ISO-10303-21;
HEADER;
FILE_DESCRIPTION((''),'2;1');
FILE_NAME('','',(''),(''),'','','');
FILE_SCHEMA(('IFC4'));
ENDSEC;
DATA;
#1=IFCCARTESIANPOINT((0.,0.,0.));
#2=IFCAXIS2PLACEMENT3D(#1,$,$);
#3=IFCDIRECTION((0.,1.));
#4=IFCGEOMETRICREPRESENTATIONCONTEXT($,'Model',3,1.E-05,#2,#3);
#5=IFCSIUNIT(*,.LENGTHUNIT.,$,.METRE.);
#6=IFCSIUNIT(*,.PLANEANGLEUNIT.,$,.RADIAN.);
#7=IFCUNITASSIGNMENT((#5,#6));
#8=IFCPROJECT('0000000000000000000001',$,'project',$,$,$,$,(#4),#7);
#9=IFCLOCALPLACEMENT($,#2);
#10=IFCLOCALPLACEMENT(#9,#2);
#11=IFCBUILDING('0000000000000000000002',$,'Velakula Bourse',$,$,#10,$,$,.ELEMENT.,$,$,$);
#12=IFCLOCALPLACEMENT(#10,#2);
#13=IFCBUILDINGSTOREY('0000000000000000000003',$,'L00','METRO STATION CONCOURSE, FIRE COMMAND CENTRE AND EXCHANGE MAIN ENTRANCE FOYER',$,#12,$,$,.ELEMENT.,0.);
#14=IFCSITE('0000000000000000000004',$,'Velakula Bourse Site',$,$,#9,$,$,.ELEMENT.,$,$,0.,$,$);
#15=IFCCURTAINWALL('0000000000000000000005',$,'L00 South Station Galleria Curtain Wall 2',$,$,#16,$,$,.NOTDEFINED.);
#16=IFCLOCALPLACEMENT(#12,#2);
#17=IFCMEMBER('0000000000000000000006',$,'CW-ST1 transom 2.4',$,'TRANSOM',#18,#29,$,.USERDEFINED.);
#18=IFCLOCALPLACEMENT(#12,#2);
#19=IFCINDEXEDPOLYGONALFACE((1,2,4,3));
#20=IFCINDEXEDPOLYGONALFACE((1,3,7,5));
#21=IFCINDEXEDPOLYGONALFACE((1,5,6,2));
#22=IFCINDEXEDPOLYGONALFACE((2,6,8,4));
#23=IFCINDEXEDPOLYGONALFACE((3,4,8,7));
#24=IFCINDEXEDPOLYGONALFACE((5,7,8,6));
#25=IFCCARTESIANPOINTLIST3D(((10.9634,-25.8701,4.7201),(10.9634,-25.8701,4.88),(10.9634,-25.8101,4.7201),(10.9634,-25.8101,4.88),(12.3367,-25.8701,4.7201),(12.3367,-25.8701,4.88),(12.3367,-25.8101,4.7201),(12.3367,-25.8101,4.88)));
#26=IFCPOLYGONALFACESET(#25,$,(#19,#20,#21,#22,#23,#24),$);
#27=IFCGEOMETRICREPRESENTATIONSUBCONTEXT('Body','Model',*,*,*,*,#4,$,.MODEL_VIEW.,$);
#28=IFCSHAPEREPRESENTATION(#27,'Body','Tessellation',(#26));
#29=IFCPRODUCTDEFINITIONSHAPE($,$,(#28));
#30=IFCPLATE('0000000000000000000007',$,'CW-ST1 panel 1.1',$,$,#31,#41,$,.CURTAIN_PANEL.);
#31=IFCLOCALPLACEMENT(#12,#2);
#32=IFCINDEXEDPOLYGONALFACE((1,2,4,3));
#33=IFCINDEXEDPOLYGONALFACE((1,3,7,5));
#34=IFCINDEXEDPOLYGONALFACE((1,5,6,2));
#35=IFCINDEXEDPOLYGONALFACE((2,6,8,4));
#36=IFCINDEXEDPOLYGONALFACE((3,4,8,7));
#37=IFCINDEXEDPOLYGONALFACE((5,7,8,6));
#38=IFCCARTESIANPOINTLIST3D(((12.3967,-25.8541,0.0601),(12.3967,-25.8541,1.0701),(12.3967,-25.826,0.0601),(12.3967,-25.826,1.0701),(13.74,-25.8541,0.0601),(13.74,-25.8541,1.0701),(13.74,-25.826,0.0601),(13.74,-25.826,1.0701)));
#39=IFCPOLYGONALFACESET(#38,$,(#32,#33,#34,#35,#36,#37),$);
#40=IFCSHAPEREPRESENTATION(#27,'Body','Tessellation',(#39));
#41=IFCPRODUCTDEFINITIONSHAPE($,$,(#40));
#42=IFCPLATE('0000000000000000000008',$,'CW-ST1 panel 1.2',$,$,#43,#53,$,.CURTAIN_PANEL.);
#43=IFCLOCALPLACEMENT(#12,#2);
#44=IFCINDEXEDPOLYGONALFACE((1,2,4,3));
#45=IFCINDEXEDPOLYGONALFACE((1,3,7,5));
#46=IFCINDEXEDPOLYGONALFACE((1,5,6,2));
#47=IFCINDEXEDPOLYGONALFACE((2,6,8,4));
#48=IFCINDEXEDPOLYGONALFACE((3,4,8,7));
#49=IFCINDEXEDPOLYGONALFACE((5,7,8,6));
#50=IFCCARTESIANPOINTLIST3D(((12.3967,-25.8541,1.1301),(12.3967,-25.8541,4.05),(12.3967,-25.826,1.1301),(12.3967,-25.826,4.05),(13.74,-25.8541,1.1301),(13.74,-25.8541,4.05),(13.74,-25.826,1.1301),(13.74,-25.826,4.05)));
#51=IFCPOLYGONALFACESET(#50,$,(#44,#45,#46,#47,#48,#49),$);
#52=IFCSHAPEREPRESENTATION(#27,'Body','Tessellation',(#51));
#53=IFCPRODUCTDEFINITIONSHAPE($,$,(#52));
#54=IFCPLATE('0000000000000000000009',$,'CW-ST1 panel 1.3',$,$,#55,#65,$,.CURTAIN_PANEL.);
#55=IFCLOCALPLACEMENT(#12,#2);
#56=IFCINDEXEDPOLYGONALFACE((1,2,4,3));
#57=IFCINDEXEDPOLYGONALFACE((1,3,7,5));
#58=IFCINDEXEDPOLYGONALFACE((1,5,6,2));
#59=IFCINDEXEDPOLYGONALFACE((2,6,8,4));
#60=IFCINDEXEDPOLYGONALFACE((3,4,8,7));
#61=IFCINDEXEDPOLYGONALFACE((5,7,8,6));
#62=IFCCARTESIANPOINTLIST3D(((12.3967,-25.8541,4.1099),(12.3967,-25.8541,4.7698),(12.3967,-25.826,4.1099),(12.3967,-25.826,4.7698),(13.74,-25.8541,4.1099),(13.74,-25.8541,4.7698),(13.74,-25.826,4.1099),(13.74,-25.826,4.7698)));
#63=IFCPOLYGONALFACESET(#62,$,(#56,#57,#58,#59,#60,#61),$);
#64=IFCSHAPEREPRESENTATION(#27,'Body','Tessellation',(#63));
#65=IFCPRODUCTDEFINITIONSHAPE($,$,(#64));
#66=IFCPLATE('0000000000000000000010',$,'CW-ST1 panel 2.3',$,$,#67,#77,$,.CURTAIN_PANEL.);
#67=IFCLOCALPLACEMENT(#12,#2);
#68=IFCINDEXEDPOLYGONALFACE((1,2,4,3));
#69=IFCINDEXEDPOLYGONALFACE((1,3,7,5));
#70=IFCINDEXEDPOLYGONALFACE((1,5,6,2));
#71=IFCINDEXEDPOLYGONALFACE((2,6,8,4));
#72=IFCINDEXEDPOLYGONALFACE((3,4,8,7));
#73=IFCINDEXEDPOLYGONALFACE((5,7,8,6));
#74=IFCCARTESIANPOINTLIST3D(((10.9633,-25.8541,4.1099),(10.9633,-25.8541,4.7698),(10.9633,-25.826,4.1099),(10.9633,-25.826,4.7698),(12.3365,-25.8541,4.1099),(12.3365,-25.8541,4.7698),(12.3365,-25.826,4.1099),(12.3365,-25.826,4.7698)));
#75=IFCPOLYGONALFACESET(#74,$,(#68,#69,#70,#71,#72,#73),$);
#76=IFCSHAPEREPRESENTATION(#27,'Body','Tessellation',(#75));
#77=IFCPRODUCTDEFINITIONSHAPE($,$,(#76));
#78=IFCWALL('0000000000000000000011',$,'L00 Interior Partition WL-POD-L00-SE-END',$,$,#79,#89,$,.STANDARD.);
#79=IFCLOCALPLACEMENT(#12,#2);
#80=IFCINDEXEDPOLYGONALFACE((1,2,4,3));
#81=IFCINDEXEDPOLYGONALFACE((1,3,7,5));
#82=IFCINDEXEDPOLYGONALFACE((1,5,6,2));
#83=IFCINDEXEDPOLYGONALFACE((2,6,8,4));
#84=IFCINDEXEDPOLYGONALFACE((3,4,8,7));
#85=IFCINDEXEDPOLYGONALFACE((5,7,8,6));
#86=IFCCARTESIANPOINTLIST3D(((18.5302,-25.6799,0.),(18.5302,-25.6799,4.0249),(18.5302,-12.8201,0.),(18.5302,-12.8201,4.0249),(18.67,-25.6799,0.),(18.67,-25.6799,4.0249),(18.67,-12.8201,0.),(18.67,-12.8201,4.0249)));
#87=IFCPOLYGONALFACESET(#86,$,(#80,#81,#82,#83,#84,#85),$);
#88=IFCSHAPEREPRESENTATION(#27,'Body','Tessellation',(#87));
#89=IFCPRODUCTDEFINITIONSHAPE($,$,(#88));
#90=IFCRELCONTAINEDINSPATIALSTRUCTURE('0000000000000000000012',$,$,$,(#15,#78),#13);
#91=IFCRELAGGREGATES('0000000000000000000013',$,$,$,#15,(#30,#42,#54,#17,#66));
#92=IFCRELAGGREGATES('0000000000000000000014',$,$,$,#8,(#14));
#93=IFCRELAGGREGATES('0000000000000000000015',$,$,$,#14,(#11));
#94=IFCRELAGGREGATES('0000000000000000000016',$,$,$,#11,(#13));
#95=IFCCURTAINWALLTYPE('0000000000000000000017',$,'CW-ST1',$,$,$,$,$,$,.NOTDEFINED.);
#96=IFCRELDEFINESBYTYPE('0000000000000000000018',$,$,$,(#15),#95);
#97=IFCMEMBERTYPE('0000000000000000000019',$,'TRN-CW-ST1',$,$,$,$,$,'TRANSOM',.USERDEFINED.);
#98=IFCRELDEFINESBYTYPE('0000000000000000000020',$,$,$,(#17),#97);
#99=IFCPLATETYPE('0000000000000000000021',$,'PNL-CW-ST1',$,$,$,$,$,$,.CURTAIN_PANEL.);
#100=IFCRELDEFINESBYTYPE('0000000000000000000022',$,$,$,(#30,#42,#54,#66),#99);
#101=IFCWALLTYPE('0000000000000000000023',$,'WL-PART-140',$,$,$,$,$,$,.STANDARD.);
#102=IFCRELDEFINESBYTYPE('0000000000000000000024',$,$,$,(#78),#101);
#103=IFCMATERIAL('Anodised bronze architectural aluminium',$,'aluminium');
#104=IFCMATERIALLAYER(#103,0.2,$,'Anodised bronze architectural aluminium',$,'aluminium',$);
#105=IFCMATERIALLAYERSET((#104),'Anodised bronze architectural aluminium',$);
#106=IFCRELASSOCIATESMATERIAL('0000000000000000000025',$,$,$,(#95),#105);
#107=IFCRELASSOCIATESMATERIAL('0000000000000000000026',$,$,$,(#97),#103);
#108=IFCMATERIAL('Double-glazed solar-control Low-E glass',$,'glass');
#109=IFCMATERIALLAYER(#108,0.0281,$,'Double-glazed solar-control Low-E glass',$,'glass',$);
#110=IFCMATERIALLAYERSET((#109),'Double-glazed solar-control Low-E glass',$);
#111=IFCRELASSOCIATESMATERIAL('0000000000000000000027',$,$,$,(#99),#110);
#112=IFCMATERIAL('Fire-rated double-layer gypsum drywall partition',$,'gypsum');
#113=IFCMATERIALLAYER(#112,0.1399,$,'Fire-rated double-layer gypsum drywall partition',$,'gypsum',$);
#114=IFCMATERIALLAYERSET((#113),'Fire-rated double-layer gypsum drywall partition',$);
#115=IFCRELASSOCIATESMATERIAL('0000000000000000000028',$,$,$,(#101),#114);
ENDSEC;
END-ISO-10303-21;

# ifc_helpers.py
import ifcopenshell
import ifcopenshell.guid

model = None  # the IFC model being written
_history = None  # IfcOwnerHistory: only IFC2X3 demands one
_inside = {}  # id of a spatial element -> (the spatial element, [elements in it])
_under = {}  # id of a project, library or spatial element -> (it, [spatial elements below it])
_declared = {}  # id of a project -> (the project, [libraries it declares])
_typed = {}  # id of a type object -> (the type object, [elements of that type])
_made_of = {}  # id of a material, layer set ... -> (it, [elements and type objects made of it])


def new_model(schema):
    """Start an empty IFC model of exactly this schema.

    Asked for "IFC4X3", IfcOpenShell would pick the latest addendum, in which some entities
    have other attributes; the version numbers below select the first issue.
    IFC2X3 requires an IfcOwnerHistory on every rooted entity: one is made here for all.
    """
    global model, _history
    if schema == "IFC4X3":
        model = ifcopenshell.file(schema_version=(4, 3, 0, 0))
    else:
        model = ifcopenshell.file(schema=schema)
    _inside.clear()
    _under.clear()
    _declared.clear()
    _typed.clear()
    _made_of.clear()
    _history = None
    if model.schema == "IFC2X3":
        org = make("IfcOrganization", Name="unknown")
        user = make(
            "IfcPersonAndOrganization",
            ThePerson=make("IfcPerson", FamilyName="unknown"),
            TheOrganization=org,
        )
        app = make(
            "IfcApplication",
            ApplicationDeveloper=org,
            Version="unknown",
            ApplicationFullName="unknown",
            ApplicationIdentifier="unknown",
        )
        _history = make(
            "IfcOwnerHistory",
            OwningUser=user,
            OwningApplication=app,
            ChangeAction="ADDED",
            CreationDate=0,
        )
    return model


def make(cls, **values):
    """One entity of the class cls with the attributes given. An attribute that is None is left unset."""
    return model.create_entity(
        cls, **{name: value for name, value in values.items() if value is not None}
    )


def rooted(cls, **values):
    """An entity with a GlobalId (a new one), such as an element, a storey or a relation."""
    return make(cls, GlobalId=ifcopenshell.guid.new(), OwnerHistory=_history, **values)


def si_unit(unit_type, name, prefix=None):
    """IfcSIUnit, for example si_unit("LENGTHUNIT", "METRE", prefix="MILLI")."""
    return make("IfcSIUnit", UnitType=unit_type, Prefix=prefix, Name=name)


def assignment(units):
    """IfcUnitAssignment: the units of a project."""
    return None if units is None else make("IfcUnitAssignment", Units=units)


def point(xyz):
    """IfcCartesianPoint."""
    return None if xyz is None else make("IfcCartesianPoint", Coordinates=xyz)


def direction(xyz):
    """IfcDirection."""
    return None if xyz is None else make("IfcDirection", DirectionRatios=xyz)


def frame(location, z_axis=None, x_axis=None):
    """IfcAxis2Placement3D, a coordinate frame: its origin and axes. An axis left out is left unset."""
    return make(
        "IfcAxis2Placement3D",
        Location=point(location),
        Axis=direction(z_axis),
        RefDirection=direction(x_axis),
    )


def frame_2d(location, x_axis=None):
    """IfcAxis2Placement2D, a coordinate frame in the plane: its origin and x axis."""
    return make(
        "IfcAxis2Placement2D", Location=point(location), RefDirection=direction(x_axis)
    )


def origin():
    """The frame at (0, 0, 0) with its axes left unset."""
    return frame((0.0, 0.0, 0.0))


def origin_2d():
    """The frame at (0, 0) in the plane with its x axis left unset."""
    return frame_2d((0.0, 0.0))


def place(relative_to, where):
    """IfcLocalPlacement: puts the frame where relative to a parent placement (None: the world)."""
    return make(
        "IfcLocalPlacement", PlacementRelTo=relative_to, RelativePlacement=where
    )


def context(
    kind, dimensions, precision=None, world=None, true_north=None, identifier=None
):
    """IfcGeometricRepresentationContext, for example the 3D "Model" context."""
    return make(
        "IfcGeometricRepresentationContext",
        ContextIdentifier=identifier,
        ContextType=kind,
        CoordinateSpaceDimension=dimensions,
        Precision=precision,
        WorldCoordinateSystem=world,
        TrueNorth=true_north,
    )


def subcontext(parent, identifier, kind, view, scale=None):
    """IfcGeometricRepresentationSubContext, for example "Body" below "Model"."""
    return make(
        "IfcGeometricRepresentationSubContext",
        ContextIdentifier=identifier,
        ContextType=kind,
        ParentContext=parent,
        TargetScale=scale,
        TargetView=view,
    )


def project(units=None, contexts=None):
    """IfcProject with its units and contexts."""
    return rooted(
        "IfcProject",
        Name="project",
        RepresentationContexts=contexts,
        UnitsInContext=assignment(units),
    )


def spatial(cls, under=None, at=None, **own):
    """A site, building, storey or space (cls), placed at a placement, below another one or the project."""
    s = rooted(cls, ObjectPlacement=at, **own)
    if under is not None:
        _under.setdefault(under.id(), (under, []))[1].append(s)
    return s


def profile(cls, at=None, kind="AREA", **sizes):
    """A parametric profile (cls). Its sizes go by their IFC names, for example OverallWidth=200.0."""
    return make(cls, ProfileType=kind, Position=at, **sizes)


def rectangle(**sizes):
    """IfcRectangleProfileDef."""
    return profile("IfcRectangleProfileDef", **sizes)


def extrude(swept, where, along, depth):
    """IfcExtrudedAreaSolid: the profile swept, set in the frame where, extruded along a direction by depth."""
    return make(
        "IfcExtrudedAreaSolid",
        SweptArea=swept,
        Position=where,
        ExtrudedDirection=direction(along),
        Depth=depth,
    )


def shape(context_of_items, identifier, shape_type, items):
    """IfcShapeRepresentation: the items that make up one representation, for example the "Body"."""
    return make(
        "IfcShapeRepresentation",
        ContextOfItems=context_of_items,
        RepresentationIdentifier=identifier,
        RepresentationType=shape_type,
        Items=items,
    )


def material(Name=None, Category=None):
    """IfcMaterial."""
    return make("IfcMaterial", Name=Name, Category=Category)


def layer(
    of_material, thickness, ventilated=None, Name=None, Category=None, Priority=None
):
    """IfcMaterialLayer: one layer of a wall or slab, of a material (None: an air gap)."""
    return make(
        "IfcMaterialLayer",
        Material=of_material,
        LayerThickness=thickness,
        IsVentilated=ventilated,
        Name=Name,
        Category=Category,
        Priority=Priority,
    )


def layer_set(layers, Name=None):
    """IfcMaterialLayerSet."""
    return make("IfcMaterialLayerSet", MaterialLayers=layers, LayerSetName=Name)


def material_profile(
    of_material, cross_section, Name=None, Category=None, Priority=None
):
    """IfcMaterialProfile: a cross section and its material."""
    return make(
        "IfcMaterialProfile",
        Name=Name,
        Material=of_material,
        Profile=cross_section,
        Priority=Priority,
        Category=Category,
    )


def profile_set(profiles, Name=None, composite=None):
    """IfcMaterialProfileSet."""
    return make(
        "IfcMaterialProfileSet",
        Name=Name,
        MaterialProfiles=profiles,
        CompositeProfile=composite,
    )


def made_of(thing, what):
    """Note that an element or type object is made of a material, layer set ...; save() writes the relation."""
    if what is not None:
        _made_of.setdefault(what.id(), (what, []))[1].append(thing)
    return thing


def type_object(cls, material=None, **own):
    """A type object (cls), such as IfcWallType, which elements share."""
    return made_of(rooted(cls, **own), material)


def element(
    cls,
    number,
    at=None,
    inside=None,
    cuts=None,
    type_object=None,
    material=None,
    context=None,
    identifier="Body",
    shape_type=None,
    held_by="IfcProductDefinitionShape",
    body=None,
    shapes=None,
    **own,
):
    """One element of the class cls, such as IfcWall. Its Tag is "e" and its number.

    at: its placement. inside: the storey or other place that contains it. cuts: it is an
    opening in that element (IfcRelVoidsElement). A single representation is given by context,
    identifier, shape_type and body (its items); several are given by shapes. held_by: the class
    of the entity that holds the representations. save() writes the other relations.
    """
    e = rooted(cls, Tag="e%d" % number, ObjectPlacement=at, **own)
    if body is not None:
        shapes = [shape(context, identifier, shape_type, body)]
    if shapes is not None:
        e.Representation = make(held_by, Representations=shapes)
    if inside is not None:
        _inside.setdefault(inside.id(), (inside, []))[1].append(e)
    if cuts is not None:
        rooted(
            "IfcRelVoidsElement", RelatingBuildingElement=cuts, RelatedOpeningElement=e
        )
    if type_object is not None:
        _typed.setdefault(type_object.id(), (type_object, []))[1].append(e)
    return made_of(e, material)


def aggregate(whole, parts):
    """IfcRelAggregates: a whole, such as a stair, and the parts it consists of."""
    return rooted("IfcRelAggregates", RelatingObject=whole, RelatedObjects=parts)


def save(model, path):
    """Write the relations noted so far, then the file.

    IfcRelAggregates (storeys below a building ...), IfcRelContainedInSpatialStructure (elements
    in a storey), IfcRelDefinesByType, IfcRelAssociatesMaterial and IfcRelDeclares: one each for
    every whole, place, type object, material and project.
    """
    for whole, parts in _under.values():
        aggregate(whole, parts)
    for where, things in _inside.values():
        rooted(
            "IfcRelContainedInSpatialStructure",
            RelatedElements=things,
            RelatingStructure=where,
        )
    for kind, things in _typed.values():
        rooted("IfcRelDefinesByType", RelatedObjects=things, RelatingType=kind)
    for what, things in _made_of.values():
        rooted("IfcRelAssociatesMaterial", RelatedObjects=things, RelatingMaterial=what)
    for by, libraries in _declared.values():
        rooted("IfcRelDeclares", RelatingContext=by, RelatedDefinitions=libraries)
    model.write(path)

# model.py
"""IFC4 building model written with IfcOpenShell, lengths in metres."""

from ifc_helpers import new_model, si_unit, direction, frame, frame_2d, origin, origin_2d, place, context, subcontext, project, spatial, rectangle, extrude, material, layer, layer_set, material_profile, profile_set, type_object, element, aggregate, save


model = new_model("IFC4")

# Units and contexts
model_context = context("Model", 3, precision=1e-05, world=origin(), true_north=direction((0.0, 1.0)))
body_context = subcontext(model_context, "Body", "Model", "MODEL_VIEW")
ifc_project = project(units=[si_unit("LENGTHUNIT", "METRE"), si_unit("PLANEANGLEUNIT", "RADIAN")], contexts=[model_context])

# Site, building, storey
site_placement = place(None, origin())
site = spatial("IfcSite", under=ifc_project, at=site_placement, Name="Velakula Bourse Site", CompositionType="ELEMENT", RefElevation=0.0)
building_placement = place(site_placement, origin())
building = spatial("IfcBuilding", under=site, at=building_placement, Name="Velakula Bourse", CompositionType="ELEMENT")
storey_placement = place(building_placement, origin())
storey = spatial("IfcBuildingStorey", under=building, at=storey_placement, Name="L00", Description="METRO STATION CONCOURSE, FIRE COMMAND CENTRE AND EXCHANGE MAIN ENTRANCE FOYER", CompositionType="ELEMENT", Elevation=0.0)

# Curtain wall, member, plates
ifc_material_1 = material(Name="Anodised bronze architectural aluminium", Category="aluminium")
ifc_layer_1 = layer(ifc_material_1, 0.2, Name="Anodised bronze architectural aluminium", Category="aluminium")
ifc_layer_set_1 = layer_set([ifc_layer_1], Name="Anodised bronze architectural aluminium")
curtain_wall_type = type_object("IfcCurtainWallType", Name="CW-ST1", PredefinedType="NOTDEFINED", material=ifc_layer_set_1)
curtain_wall_placement = place(storey_placement, origin())
curtain_wall = element("IfcCurtainWall", 1, at=curtain_wall_placement, inside=storey, type_object=curtain_wall_type, Name="L00 South Station Galleria Curtain Wall 2", PredefinedType="NOTDEFINED")
ifc_material_profile_1 = material_profile(ifc_material_1, rectangle(XDim=0.0601, YDim=0.1599, at=origin_2d()), Name="Anodised bronze architectural aluminium")
ifc_profile_set_1 = profile_set([ifc_material_profile_1], Name="Anodised bronze architectural aluminium")
member_type_1 = type_object("IfcMemberType", Name="TRN-CW-ST1", ElementType="TRANSOM", PredefinedType="USERDEFINED", material=ifc_profile_set_1)
member_1_placement = place(storey_placement, frame((12.3367, -25.8401, 4.8), z_axis=(-1.0, 0.0, 0.0), x_axis=(0.0, -1.0, 0.0)))
member_1 = element("IfcMember", 2, at=member_1_placement, type_object=member_type_1, Name="CW-ST1 transom 2.4", ObjectType="TRANSOM", PredefinedType="USERDEFINED", context=body_context, shape_type="SweptSolid", body=[
    extrude(rectangle(XDim=0.0601, YDim=0.1599, at=origin_2d()), origin(), (0.0, 0.0, 1.0), 1.3733),
])
ifc_material_2 = material(Name="Double-glazed solar-control Low-E glass", Category="glass")
ifc_layer_2 = layer(ifc_material_2, 0.0281, Name="Double-glazed solar-control Low-E glass", Category="glass")
ifc_layer_set_2 = layer_set([ifc_layer_2], Name="Double-glazed solar-control Low-E glass")
plate_type = type_object("IfcPlateType", Name="PNL-CW-ST1", PredefinedType="CURTAIN_PANEL", material=ifc_layer_set_2)
plate_1_placement = place(storey_placement, frame((13.0684, -25.8401, 0.0601), z_axis=(0.0, 0.0, 1.0), x_axis=(-1.0, 0.0, 0.0)))
plate_1 = element("IfcPlate", 3, at=plate_1_placement, type_object=plate_type, Name="CW-ST1 panel 1.1", PredefinedType="CURTAIN_PANEL", context=body_context, shape_type="SweptSolid", body=[
    extrude(rectangle(XDim=1.3433, YDim=0.0281, at=origin_2d()), origin(), (0.0, 0.0, 1.0), 1.01),
])
plate_2_placement = place(storey_placement, frame((13.0684, -25.8401, 1.1301), z_axis=(0.0, 0.0, 1.0), x_axis=(-1.0, 0.0, 0.0)))
plate_2 = element("IfcPlate", 4, at=plate_2_placement, type_object=plate_type, Name="CW-ST1 panel 1.2", PredefinedType="CURTAIN_PANEL", context=body_context, shape_type="SweptSolid", body=[
    extrude(rectangle(XDim=1.3433, YDim=0.0281, at=origin_2d()), origin(), (0.0, 0.0, 1.0), 2.9199),
])
plate_3_placement = place(storey_placement, frame((13.0684, -25.8401, 4.1099), z_axis=(0.0, 0.0, 1.0), x_axis=(-1.0, 0.0, 0.0)))
plate_3 = element("IfcPlate", 5, at=plate_3_placement, type_object=plate_type, Name="CW-ST1 panel 1.3", PredefinedType="CURTAIN_PANEL", context=body_context, shape_type="SweptSolid", body=[
    extrude(rectangle(XDim=1.3433, YDim=0.0281, at=origin_2d()), origin(), (0.0, 0.0, 1.0), 0.6599),
])
plate_4_placement = place(storey_placement, frame((11.6499, -25.8401, 4.1099), z_axis=(0.0, 0.0, 1.0), x_axis=(-1.0, 0.0, 0.0)))
plate_4 = element("IfcPlate", 6, at=plate_4_placement, type_object=plate_type, Name="CW-ST1 panel 2.3", PredefinedType="CURTAIN_PANEL", context=body_context, shape_type="SweptSolid", body=[
    extrude(rectangle(XDim=1.3733, YDim=0.0281, at=origin_2d()), origin(), (0.0, 0.0, 1.0), 0.6599),
])
aggregate(curtain_wall, [plate_1, plate_2, plate_3, member_1, plate_4])

# Wall
ifc_material_3 = material(Name="Fire-rated double-layer gypsum drywall partition", Category="gypsum")
ifc_layer_3 = layer(ifc_material_3, 0.1399, Name="Fire-rated double-layer gypsum drywall partition", Category="gypsum")
ifc_layer_set_3 = layer_set([ifc_layer_3], Name="Fire-rated double-layer gypsum drywall partition")
wall_type = type_object("IfcWallType", Name="WL-PART-140", PredefinedType="STANDARD", material=ifc_layer_set_3)
wall_placement = place(storey_placement, frame((18.6001, -25.6799, 0.0), z_axis=(0.0, 0.0, 1.0), x_axis=(0.0, 1.0, 0.0)))
element("IfcWall", 7, at=wall_placement, inside=storey, type_object=wall_type, Name="L00 Interior Partition WL-POD-L00-SE-END", PredefinedType="STANDARD", context=body_context, shape_type="SweptSolid", body=[
    extrude(rectangle(XDim=12.8599, YDim=0.1399, at=frame_2d((6.4299, 0.0))), origin(), (0.0, 0.0, 1.0), 4.0249),
])

save(model, "model.ifc")
